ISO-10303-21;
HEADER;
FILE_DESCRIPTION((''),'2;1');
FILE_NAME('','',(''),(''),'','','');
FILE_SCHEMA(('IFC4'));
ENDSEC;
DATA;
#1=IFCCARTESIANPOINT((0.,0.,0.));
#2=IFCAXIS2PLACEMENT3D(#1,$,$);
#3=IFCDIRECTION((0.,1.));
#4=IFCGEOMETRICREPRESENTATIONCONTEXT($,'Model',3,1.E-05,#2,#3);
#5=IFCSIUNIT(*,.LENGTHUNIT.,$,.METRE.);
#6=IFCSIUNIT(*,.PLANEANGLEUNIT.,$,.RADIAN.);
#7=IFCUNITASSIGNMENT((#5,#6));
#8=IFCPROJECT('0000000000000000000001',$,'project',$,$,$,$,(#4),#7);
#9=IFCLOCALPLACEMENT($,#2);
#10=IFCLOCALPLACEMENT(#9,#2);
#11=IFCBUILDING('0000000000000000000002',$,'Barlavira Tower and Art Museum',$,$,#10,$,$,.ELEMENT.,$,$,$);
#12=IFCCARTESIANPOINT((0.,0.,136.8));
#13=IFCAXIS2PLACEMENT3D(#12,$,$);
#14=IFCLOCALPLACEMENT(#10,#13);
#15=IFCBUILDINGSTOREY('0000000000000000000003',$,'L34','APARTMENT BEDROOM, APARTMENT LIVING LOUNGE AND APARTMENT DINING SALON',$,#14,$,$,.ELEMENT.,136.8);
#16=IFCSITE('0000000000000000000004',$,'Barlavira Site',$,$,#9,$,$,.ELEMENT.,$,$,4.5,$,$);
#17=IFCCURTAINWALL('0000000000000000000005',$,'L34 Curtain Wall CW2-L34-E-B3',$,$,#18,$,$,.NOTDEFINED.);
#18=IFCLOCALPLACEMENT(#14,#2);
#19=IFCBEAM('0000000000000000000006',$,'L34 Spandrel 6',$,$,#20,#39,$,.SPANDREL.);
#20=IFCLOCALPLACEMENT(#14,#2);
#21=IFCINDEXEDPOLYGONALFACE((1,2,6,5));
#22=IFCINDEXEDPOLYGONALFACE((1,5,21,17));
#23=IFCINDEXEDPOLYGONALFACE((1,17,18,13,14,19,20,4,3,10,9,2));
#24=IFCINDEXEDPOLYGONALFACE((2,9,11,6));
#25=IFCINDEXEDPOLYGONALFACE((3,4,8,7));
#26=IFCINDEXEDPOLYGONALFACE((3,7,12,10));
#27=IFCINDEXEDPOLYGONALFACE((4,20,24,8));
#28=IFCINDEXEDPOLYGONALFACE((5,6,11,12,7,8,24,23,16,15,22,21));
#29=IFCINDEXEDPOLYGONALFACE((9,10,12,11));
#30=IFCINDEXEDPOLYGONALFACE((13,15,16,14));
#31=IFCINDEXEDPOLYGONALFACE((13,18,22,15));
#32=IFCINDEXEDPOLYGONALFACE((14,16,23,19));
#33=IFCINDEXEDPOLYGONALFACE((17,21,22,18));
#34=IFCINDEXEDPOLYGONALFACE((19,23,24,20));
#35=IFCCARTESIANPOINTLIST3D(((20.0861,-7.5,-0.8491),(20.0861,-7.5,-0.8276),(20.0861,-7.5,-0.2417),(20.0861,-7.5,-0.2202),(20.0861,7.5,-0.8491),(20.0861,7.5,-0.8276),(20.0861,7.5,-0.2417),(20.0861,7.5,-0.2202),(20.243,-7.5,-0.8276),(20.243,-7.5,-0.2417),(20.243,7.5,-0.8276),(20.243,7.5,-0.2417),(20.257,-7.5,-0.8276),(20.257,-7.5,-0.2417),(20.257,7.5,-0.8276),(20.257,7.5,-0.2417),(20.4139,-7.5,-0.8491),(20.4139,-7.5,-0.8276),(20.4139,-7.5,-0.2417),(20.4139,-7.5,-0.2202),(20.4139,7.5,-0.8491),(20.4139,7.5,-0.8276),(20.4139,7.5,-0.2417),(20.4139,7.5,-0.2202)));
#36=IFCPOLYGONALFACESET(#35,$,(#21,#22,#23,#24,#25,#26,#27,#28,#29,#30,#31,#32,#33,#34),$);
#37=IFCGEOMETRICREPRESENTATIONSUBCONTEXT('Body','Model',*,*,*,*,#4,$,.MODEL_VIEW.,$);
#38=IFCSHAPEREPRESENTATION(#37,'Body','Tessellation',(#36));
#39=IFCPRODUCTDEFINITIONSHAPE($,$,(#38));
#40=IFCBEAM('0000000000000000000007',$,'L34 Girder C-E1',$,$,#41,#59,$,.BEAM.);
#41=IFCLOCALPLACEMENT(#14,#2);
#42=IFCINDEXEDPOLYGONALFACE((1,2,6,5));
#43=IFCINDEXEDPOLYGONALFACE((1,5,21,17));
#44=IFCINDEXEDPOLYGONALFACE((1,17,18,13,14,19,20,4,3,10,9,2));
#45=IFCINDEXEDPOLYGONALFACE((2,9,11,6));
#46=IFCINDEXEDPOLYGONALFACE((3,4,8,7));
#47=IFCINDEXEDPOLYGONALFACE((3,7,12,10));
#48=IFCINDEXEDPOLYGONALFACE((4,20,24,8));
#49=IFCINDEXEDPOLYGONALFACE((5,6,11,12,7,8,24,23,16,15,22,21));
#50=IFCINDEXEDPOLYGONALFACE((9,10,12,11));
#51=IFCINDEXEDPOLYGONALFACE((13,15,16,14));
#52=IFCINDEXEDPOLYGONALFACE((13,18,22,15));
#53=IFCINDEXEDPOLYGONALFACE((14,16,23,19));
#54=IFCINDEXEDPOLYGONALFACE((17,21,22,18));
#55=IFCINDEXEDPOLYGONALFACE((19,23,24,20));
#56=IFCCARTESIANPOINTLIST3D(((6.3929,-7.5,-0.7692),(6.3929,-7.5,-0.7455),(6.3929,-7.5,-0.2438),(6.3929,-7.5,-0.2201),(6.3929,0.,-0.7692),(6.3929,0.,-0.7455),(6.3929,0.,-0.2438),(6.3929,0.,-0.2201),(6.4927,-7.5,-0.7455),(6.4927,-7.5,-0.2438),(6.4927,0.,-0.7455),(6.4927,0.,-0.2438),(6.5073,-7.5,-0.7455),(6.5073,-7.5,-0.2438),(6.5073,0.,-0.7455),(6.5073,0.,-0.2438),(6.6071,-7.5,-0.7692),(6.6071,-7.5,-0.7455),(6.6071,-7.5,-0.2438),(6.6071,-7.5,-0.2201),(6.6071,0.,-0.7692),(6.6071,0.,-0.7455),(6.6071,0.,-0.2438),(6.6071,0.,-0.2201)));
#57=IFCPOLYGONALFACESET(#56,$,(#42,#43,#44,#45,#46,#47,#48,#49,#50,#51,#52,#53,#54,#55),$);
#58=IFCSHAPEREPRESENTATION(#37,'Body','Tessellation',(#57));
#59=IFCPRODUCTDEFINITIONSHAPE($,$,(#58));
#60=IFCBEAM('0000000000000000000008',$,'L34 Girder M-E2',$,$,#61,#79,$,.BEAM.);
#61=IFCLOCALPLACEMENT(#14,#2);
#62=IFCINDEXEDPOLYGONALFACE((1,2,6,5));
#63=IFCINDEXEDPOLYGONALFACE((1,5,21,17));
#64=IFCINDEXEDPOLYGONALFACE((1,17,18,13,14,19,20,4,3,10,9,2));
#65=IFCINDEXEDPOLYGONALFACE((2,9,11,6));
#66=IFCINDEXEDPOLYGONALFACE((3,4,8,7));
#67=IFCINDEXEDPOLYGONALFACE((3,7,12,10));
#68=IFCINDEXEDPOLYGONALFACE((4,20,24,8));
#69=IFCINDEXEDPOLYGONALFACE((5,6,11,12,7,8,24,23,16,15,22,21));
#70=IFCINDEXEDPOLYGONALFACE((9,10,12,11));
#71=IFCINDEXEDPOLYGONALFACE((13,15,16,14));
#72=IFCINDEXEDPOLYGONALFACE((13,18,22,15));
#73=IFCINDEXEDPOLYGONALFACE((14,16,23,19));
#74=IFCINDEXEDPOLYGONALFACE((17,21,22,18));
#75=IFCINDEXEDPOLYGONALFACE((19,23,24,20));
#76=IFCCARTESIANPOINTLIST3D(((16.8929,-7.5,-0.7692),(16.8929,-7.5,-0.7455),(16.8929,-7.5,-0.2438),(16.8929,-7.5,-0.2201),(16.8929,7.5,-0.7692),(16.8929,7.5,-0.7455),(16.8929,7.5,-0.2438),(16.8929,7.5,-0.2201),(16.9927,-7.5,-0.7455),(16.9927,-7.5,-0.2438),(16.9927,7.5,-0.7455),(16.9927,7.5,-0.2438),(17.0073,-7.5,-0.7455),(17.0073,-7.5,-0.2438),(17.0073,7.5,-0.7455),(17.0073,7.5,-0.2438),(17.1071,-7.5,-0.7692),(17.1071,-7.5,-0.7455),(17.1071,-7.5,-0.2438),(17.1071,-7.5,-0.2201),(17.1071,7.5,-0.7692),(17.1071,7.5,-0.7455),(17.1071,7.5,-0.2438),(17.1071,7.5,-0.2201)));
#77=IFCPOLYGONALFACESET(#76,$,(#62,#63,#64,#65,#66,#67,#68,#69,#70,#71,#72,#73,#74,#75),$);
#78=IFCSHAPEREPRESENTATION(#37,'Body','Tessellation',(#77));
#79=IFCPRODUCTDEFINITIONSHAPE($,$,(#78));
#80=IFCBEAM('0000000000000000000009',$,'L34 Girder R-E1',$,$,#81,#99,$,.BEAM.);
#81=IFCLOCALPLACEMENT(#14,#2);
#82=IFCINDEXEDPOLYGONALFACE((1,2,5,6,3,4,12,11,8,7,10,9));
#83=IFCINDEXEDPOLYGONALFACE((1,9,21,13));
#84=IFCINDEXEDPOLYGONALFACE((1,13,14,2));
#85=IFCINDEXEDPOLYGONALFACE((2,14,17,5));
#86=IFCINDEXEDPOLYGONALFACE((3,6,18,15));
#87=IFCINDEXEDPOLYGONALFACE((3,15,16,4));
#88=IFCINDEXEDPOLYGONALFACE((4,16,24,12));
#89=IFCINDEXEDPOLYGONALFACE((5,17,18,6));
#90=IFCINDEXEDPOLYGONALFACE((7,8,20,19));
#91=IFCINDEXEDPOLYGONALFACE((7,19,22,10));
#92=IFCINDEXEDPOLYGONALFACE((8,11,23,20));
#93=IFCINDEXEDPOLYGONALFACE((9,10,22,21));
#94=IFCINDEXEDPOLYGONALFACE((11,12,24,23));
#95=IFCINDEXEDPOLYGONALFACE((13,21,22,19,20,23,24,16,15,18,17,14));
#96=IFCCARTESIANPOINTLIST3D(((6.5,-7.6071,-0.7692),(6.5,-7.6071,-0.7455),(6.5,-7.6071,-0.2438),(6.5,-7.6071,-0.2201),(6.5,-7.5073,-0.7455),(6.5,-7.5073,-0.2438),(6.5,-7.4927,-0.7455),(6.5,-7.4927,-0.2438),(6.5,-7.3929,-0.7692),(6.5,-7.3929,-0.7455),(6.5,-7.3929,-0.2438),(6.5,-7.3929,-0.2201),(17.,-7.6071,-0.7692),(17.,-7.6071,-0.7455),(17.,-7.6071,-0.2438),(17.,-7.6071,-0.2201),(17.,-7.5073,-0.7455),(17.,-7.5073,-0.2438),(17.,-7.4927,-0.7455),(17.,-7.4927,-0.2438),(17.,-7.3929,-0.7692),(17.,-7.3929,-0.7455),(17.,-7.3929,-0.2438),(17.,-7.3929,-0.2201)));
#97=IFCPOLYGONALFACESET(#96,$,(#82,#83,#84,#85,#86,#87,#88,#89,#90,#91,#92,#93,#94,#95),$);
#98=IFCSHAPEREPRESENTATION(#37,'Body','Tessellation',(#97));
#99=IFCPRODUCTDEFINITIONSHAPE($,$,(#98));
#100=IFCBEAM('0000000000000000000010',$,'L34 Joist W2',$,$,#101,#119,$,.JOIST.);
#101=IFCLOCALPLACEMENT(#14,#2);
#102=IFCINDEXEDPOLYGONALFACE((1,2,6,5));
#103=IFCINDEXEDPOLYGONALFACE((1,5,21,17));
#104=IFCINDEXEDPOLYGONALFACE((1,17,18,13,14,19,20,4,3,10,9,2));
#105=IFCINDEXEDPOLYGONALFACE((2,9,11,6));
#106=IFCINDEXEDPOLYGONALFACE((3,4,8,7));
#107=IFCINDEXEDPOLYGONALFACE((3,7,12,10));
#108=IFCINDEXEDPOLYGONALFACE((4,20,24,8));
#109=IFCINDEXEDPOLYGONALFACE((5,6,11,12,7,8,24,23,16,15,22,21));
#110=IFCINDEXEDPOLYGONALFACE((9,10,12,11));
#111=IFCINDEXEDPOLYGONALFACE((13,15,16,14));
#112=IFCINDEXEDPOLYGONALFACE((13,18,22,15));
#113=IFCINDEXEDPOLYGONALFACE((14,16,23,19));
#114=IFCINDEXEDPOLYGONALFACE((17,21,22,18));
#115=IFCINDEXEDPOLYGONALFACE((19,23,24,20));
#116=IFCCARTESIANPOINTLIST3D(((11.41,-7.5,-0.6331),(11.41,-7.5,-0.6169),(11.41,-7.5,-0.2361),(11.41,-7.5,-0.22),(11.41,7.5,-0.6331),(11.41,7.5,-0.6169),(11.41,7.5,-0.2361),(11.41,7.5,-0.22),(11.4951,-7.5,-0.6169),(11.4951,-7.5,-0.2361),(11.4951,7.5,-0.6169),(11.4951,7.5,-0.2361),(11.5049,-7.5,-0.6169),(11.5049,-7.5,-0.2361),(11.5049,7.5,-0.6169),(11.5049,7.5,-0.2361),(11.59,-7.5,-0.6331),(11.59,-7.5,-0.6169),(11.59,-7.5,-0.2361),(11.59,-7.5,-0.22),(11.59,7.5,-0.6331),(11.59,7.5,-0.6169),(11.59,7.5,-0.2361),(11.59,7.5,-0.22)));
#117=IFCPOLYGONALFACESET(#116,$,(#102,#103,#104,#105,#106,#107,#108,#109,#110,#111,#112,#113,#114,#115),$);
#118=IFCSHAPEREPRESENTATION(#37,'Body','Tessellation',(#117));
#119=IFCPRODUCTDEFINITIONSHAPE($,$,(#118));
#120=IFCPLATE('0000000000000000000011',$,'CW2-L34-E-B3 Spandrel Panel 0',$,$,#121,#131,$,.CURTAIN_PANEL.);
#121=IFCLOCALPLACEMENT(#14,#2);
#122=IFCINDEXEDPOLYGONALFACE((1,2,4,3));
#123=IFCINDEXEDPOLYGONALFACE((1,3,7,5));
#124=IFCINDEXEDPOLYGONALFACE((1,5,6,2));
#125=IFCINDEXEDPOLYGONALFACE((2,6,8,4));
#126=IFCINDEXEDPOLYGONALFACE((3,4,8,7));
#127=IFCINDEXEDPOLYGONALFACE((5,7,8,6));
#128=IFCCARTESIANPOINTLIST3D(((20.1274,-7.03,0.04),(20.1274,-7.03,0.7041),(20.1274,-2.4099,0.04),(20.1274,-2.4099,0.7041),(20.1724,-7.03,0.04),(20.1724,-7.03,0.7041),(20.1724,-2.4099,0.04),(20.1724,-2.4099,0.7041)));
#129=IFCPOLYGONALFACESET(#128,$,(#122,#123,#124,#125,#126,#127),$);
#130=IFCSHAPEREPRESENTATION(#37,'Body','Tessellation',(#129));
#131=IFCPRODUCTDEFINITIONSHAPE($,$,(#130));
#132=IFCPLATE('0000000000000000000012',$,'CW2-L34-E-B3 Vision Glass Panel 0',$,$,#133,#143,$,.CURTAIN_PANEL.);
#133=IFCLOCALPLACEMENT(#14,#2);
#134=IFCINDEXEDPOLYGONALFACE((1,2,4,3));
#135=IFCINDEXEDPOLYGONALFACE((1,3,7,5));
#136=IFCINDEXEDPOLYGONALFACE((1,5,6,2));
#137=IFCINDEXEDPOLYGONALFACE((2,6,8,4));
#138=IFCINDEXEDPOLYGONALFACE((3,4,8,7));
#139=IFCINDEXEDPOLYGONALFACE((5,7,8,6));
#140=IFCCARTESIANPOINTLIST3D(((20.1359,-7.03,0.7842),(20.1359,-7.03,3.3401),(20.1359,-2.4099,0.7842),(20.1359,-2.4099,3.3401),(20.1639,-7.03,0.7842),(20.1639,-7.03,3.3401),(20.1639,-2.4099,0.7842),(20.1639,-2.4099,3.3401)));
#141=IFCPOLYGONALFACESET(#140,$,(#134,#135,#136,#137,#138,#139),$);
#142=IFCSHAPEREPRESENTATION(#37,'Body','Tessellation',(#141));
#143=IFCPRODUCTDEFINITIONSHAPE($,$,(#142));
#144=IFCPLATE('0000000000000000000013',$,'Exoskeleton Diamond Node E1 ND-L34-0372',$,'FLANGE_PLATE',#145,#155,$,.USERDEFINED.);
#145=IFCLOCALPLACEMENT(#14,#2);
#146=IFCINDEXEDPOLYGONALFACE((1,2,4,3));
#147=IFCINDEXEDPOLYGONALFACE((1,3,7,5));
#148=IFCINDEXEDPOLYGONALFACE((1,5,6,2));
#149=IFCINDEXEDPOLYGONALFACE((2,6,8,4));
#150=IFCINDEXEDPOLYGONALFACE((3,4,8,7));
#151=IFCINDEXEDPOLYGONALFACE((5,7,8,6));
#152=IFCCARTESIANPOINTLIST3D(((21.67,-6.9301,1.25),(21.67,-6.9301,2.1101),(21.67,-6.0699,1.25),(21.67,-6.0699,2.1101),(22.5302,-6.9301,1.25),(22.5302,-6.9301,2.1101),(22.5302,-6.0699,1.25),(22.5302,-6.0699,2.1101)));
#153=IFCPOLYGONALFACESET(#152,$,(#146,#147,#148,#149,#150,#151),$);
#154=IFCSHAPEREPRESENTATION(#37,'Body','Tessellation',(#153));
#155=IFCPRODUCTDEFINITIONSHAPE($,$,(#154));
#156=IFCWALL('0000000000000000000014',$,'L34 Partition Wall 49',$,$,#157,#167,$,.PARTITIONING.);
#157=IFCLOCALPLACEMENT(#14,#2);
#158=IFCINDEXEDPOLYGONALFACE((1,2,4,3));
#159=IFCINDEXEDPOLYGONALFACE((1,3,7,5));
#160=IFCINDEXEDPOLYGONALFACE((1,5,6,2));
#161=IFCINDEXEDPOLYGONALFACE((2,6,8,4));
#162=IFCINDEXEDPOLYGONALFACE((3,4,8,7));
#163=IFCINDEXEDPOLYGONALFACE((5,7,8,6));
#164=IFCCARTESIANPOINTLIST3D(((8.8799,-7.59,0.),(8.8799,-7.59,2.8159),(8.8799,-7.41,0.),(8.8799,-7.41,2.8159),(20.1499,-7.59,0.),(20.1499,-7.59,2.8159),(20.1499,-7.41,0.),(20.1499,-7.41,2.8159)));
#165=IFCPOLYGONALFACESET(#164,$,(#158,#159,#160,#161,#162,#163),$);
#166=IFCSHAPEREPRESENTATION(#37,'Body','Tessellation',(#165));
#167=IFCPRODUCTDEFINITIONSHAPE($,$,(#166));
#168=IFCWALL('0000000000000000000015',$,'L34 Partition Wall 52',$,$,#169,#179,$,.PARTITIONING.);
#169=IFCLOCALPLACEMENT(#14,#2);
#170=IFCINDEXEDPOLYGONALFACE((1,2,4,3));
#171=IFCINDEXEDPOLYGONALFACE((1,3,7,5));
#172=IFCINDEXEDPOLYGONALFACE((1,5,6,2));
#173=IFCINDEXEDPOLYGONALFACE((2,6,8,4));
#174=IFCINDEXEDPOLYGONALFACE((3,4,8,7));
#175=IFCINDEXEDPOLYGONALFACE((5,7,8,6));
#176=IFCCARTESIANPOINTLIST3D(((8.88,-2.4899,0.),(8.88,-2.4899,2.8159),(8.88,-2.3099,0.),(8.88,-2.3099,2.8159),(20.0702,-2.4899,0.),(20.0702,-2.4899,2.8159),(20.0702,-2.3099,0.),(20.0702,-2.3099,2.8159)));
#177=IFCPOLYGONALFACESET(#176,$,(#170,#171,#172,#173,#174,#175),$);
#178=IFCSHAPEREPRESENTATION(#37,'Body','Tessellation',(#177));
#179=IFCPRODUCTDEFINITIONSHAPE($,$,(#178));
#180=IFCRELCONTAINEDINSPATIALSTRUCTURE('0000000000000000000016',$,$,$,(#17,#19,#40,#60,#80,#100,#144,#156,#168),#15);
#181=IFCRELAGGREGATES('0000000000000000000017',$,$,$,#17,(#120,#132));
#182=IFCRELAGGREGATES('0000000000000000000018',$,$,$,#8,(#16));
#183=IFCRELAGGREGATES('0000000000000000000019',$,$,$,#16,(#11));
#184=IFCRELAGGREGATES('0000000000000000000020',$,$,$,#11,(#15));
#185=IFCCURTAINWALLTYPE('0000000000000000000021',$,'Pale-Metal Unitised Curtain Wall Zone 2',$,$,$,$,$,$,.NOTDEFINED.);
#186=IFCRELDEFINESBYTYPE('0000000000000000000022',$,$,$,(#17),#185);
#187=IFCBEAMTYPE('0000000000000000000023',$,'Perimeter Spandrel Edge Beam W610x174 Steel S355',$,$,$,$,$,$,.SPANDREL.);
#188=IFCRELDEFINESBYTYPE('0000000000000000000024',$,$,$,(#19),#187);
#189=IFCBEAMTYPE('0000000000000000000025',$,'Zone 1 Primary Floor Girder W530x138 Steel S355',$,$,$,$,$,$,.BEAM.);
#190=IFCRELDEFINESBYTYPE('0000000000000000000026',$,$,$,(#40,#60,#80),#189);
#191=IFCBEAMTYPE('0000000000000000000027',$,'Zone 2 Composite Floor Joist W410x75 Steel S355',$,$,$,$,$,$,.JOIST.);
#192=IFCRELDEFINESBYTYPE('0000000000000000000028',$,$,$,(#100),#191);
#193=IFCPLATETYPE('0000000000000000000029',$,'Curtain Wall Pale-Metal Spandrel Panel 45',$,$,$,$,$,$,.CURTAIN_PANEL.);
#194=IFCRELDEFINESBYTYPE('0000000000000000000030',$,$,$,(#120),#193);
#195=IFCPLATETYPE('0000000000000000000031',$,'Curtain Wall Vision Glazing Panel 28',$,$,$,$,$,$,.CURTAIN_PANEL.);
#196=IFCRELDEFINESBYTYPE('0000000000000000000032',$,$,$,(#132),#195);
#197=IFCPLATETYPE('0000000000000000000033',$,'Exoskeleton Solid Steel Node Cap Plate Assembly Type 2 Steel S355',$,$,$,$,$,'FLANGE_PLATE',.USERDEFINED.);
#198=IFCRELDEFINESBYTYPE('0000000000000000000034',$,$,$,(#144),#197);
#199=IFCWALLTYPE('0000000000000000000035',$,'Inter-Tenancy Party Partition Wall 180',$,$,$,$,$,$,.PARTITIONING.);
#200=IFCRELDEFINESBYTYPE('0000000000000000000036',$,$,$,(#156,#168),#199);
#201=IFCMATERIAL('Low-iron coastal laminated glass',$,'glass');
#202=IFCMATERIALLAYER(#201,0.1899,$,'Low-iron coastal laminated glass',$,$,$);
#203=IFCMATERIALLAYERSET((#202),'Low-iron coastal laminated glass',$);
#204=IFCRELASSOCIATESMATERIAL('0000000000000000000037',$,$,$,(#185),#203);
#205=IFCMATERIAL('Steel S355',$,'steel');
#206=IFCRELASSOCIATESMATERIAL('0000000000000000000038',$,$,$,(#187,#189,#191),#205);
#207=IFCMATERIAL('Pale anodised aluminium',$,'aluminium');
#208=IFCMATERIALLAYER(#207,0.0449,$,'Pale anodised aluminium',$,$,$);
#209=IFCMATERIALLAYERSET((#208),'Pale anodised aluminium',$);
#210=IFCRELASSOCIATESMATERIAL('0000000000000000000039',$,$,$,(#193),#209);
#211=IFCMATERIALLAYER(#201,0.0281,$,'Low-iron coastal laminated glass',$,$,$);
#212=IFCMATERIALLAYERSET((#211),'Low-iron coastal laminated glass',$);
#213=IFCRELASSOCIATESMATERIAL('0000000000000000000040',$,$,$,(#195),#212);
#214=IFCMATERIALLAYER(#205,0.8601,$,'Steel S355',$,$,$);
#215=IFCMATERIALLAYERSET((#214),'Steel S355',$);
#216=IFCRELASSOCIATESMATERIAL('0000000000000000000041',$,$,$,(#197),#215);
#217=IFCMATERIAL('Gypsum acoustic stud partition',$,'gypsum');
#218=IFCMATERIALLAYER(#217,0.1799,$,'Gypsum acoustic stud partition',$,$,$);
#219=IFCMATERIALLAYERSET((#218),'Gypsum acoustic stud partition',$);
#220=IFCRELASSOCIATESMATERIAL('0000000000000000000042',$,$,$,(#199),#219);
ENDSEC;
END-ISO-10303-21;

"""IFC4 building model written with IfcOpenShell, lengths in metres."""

from ifc_helpers import new_model, si_unit, direction, frame, frame_2d, origin, origin_2d, place, context, subcontext, project, spatial, rectangle, i_section, extrude, material, layer, layer_set, material_profile, profile_set, type_object, element, aggregate, save


model = new_model("IFC4")

# Units and contexts
model_context = context("Model", 3, precision=1e-05, world=origin(), true_north=direction((0.0, 1.0)))
body_context = subcontext(model_context, "Body", "Model", "MODEL_VIEW")
ifc_project = project(units=[si_unit("LENGTHUNIT", "METRE"), si_unit("PLANEANGLEUNIT", "RADIAN")], contexts=[model_context])

# Site, building, storey
site_placement = place(None, origin())
site = spatial("IfcSite", under=ifc_project, at=site_placement, Name="Barlavira Site", CompositionType="ELEMENT", RefElevation=4.5)
building_placement = place(site_placement, origin())
building = spatial("IfcBuilding", under=site, at=building_placement, Name="Barlavira Tower and Art Museum", CompositionType="ELEMENT")
storey_placement = place(building_placement, frame((0.0, 0.0, 136.8)))
storey = spatial("IfcBuildingStorey", under=building, at=storey_placement, Name="L34", Description="APARTMENT BEDROOM, APARTMENT LIVING LOUNGE AND APARTMENT DINING SALON", CompositionType="ELEMENT", Elevation=136.8)

# Curtain wall
ifc_material_1 = material(Name="Low-iron coastal laminated glass", Category="glass")
ifc_layer_1 = layer(ifc_material_1, 0.1899, Name="Low-iron coastal laminated glass")
ifc_layer_set_1 = layer_set([ifc_layer_1], Name="Low-iron coastal laminated glass")
curtain_wall_type = type_object("IfcCurtainWallType", Name="Pale-Metal Unitised Curtain Wall Zone 2", PredefinedType="NOTDEFINED", material=ifc_layer_set_1)
curtain_wall_placement = place(storey_placement, origin())
curtain_wall = element("IfcCurtainWall", 1, at=curtain_wall_placement, inside=storey, type_object=curtain_wall_type, Name="L34 Curtain Wall CW2-L34-E-B3", PredefinedType="NOTDEFINED")
ifc_material_2 = material(Name="Pale anodised aluminium", Category="aluminium")

# Beams
ifc_material_3 = material(Name="Steel S355", Category="steel")
ifc_material_profile_1 = material_profile(ifc_material_3, i_section(OverallWidth=0.3279, OverallDepth=0.6289, WebThickness=0.0139, FlangeThickness=0.0215, at=origin_2d()), Name="W610x174.0")
ifc_profile_set_1 = profile_set([ifc_material_profile_1], Name="Steel S355")
beam_type_1 = type_object("IfcBeamType", Name="Perimeter Spandrel Edge Beam W610x174 Steel S355", PredefinedType="SPANDREL", material=ifc_profile_set_1)
beam_1_placement = place(storey_placement, frame((20.25, -7.5, -0.5347), z_axis=(0.0, 1.0, 0.0), x_axis=(-1.0, 0.0, 0.0)))
element("IfcBeam", 2, at=beam_1_placement, inside=storey, type_object=beam_type_1, Name="L34 Spandrel 6", PredefinedType="SPANDREL", context=body_context, shape_type="SweptSolid", body=[
    extrude(i_section(OverallWidth=0.3279, OverallDepth=0.6289, WebThickness=0.0139, FlangeThickness=0.0215, at=origin_2d()), origin(), (0.0, 0.0, 1.0), 15.0),
])
ifc_material_profile_2 = material_profile(ifc_material_3, i_section(OverallWidth=0.2141, OverallDepth=0.5491, WebThickness=0.0146, FlangeThickness=0.0237, at=origin_2d()), Name="W530x138.0")
ifc_profile_set_2 = profile_set([ifc_material_profile_2], Name="Steel S355")
beam_type_2 = type_object("IfcBeamType", Name="Zone 1 Primary Floor Girder W530x138 Steel S355", PredefinedType="BEAM", material=ifc_profile_set_2)
beam_2_placement = place(storey_placement, frame((6.5, -7.5, -0.4946), z_axis=(0.0, 1.0, 0.0), x_axis=(-1.0, 0.0, 0.0)))
element("IfcBeam", 3, at=beam_2_placement, inside=storey, type_object=beam_type_2, Name="L34 Girder C-E1", PredefinedType="BEAM", context=body_context, shape_type="SweptSolid", body=[
    extrude(i_section(OverallWidth=0.2141, OverallDepth=0.5491, WebThickness=0.0146, FlangeThickness=0.0237, at=origin_2d()), origin(), (0.0, 0.0, 1.0), 7.5),
])
beam_3_placement = place(storey_placement, frame((17.0, -7.5, -0.4946), z_axis=(0.0, 1.0, 0.0), x_axis=(-1.0, 0.0, 0.0)))
element("IfcBeam", 4, at=beam_3_placement, inside=storey, type_object=beam_type_2, Name="L34 Girder M-E2", PredefinedType="BEAM", context=body_context, shape_type="SweptSolid", body=[
    extrude(i_section(OverallWidth=0.2141, OverallDepth=0.5491, WebThickness=0.0146, FlangeThickness=0.0237, at=origin_2d()), origin(), (0.0, 0.0, 1.0), 15.0),
])
beam_4_placement = place(storey_placement, frame((6.5, -7.5, -0.4946), z_axis=(1.0, 0.0, 0.0), x_axis=(0.0, 1.0, 0.0)))
element("IfcBeam", 5, at=beam_4_placement, inside=storey, type_object=beam_type_2, Name="L34 Girder R-E1", PredefinedType="BEAM", context=body_context, shape_type="SweptSolid", body=[
    extrude(i_section(OverallWidth=0.2141, OverallDepth=0.5491, WebThickness=0.0146, FlangeThickness=0.0237, at=origin_2d()), origin(), (0.0, 0.0, 1.0), 10.5),
])
ifc_material_profile_3 = material_profile(ifc_material_3, i_section(OverallWidth=0.1799, OverallDepth=0.4131, WebThickness=0.0098, FlangeThickness=0.0161, at=origin_2d()), Name="W410x75.0")
ifc_profile_set_3 = profile_set([ifc_material_profile_3], Name="Steel S355")
beam_type_3 = type_object("IfcBeamType", Name="Zone 2 Composite Floor Joist W410x75 Steel S355", PredefinedType="JOIST", material=ifc_profile_set_3)
beam_5_placement = place(storey_placement, frame((11.5, -7.5, -0.4265), z_axis=(0.0, 1.0, 0.0), x_axis=(-1.0, 0.0, 0.0)))
element("IfcBeam", 6, at=beam_5_placement, inside=storey, type_object=beam_type_3, Name="L34 Joist W2", PredefinedType="JOIST", context=body_context, shape_type="SweptSolid", body=[
    extrude(i_section(OverallWidth=0.1799, OverallDepth=0.4131, WebThickness=0.0098, FlangeThickness=0.0161, at=origin_2d()), origin(), (0.0, 0.0, 1.0), 15.0),
])

# Plates
ifc_layer_2 = layer(ifc_material_2, 0.0449, Name="Pale anodised aluminium")
ifc_layer_set_2 = layer_set([ifc_layer_2], Name="Pale anodised aluminium")
plate_type_1 = type_object("IfcPlateType", Name="Curtain Wall Pale-Metal Spandrel Panel 45", PredefinedType="CURTAIN_PANEL", material=ifc_layer_set_2)
plate_1_placement = place(storey_placement, frame((20.1499, -4.72, 0.04), z_axis=(0.0, 0.0, 1.0), x_axis=(0.0, 1.0, 0.0)))
plate_1 = element("IfcPlate", 7, at=plate_1_placement, type_object=plate_type_1, Name="CW2-L34-E-B3 Spandrel Panel 0", PredefinedType="CURTAIN_PANEL", context=body_context, shape_type="SweptSolid", body=[
    extrude(rectangle(XDim=4.6201, YDim=0.0449, at=origin_2d()), origin(), (0.0, 0.0, 1.0), 0.6641),
])
ifc_layer_3 = layer(ifc_material_1, 0.0281, Name="Low-iron coastal laminated glass")
ifc_layer_set_3 = layer_set([ifc_layer_3], Name="Low-iron coastal laminated glass")
plate_type_2 = type_object("IfcPlateType", Name="Curtain Wall Vision Glazing Panel 28", PredefinedType="CURTAIN_PANEL", material=ifc_layer_set_3)
plate_2_placement = place(storey_placement, frame((20.1499, -4.72, 0.7842), z_axis=(0.0, 0.0, 1.0), x_axis=(0.0, 1.0, 0.0)))
plate_2 = element("IfcPlate", 8, at=plate_2_placement, type_object=plate_type_2, Name="CW2-L34-E-B3 Vision Glass Panel 0", PredefinedType="CURTAIN_PANEL", context=body_context, shape_type="SweptSolid", body=[
    extrude(rectangle(XDim=4.6201, YDim=0.0281, at=origin_2d()), origin(), (0.0, 0.0, 1.0), 2.5559),
])
aggregate(curtain_wall, [plate_1, plate_2])
ifc_layer_4 = layer(ifc_material_3, 0.8601, Name="Steel S355")
ifc_layer_set_4 = layer_set([ifc_layer_4], Name="Steel S355")
plate_type_3 = type_object("IfcPlateType", Name="Exoskeleton Solid Steel Node Cap Plate Assembly Type 2 Steel S355", ElementType="FLANGE_PLATE", PredefinedType="USERDEFINED", material=ifc_layer_set_4)
plate_3_placement = place(storey_placement, frame((22.1001, -6.5, 1.25), z_axis=(0.0, 0.0, 1.0), x_axis=(1.0, 0.0, 0.0)))
element("IfcPlate", 9, at=plate_3_placement, inside=storey, type_object=plate_type_3, Name="Exoskeleton Diamond Node E1 ND-L34-0372", ObjectType="FLANGE_PLATE", PredefinedType="USERDEFINED", context=body_context, shape_type="SweptSolid", body=[
    extrude(rectangle(XDim=0.8601, YDim=0.8601, at=origin_2d()), origin(), (0.0, 0.0, 1.0), 0.8601),
])

# Shared definitions
ifc_material_4 = material(Name="Gypsum acoustic stud partition", Category="gypsum")
ifc_layer_5 = layer(ifc_material_4, 0.1799, Name="Gypsum acoustic stud partition")
ifc_layer_set_5 = layer_set([ifc_layer_5], Name="Gypsum acoustic stud partition")
wall_type_1 = type_object("IfcWallType", Name="Inter-Tenancy Party Partition Wall 180", PredefinedType="PARTITIONING", material=ifc_layer_set_5)

# Walls
wall_1_placement = place(storey_placement, frame((8.8799, -7.5, 0.0), z_axis=(0.0, 0.0, 1.0), x_axis=(1.0, 0.0, 0.0)))
element("IfcWall", 10, at=wall_1_placement, inside=storey, type_object=wall_type_1, Name="L34 Partition Wall 49", PredefinedType="PARTITIONING", context=body_context, shape_type="SweptSolid", body=[
    extrude(rectangle(XDim=11.27, YDim=0.1799, at=frame_2d((5.635, 0.0))), origin(), (0.0, 0.0, 1.0), 2.8159),
])
wall_2_placement = place(storey_placement, frame((8.8799, -2.3999, 0.0), z_axis=(0.0, 0.0, 1.0), x_axis=(1.0, 0.0, 0.0)))
element("IfcWall", 11, at=wall_2_placement, inside=storey, type_object=wall_type_1, Name="L34 Partition Wall 52", PredefinedType="PARTITIONING", context=body_context, shape_type="SweptSolid", body=[
    extrude(rectangle(XDim=11.1902, YDim=0.1799, at=frame_2d((5.5952, 0.0))), origin(), (0.0, 0.0, 1.0), 2.8159),
])

save(model, "model.ifc")
